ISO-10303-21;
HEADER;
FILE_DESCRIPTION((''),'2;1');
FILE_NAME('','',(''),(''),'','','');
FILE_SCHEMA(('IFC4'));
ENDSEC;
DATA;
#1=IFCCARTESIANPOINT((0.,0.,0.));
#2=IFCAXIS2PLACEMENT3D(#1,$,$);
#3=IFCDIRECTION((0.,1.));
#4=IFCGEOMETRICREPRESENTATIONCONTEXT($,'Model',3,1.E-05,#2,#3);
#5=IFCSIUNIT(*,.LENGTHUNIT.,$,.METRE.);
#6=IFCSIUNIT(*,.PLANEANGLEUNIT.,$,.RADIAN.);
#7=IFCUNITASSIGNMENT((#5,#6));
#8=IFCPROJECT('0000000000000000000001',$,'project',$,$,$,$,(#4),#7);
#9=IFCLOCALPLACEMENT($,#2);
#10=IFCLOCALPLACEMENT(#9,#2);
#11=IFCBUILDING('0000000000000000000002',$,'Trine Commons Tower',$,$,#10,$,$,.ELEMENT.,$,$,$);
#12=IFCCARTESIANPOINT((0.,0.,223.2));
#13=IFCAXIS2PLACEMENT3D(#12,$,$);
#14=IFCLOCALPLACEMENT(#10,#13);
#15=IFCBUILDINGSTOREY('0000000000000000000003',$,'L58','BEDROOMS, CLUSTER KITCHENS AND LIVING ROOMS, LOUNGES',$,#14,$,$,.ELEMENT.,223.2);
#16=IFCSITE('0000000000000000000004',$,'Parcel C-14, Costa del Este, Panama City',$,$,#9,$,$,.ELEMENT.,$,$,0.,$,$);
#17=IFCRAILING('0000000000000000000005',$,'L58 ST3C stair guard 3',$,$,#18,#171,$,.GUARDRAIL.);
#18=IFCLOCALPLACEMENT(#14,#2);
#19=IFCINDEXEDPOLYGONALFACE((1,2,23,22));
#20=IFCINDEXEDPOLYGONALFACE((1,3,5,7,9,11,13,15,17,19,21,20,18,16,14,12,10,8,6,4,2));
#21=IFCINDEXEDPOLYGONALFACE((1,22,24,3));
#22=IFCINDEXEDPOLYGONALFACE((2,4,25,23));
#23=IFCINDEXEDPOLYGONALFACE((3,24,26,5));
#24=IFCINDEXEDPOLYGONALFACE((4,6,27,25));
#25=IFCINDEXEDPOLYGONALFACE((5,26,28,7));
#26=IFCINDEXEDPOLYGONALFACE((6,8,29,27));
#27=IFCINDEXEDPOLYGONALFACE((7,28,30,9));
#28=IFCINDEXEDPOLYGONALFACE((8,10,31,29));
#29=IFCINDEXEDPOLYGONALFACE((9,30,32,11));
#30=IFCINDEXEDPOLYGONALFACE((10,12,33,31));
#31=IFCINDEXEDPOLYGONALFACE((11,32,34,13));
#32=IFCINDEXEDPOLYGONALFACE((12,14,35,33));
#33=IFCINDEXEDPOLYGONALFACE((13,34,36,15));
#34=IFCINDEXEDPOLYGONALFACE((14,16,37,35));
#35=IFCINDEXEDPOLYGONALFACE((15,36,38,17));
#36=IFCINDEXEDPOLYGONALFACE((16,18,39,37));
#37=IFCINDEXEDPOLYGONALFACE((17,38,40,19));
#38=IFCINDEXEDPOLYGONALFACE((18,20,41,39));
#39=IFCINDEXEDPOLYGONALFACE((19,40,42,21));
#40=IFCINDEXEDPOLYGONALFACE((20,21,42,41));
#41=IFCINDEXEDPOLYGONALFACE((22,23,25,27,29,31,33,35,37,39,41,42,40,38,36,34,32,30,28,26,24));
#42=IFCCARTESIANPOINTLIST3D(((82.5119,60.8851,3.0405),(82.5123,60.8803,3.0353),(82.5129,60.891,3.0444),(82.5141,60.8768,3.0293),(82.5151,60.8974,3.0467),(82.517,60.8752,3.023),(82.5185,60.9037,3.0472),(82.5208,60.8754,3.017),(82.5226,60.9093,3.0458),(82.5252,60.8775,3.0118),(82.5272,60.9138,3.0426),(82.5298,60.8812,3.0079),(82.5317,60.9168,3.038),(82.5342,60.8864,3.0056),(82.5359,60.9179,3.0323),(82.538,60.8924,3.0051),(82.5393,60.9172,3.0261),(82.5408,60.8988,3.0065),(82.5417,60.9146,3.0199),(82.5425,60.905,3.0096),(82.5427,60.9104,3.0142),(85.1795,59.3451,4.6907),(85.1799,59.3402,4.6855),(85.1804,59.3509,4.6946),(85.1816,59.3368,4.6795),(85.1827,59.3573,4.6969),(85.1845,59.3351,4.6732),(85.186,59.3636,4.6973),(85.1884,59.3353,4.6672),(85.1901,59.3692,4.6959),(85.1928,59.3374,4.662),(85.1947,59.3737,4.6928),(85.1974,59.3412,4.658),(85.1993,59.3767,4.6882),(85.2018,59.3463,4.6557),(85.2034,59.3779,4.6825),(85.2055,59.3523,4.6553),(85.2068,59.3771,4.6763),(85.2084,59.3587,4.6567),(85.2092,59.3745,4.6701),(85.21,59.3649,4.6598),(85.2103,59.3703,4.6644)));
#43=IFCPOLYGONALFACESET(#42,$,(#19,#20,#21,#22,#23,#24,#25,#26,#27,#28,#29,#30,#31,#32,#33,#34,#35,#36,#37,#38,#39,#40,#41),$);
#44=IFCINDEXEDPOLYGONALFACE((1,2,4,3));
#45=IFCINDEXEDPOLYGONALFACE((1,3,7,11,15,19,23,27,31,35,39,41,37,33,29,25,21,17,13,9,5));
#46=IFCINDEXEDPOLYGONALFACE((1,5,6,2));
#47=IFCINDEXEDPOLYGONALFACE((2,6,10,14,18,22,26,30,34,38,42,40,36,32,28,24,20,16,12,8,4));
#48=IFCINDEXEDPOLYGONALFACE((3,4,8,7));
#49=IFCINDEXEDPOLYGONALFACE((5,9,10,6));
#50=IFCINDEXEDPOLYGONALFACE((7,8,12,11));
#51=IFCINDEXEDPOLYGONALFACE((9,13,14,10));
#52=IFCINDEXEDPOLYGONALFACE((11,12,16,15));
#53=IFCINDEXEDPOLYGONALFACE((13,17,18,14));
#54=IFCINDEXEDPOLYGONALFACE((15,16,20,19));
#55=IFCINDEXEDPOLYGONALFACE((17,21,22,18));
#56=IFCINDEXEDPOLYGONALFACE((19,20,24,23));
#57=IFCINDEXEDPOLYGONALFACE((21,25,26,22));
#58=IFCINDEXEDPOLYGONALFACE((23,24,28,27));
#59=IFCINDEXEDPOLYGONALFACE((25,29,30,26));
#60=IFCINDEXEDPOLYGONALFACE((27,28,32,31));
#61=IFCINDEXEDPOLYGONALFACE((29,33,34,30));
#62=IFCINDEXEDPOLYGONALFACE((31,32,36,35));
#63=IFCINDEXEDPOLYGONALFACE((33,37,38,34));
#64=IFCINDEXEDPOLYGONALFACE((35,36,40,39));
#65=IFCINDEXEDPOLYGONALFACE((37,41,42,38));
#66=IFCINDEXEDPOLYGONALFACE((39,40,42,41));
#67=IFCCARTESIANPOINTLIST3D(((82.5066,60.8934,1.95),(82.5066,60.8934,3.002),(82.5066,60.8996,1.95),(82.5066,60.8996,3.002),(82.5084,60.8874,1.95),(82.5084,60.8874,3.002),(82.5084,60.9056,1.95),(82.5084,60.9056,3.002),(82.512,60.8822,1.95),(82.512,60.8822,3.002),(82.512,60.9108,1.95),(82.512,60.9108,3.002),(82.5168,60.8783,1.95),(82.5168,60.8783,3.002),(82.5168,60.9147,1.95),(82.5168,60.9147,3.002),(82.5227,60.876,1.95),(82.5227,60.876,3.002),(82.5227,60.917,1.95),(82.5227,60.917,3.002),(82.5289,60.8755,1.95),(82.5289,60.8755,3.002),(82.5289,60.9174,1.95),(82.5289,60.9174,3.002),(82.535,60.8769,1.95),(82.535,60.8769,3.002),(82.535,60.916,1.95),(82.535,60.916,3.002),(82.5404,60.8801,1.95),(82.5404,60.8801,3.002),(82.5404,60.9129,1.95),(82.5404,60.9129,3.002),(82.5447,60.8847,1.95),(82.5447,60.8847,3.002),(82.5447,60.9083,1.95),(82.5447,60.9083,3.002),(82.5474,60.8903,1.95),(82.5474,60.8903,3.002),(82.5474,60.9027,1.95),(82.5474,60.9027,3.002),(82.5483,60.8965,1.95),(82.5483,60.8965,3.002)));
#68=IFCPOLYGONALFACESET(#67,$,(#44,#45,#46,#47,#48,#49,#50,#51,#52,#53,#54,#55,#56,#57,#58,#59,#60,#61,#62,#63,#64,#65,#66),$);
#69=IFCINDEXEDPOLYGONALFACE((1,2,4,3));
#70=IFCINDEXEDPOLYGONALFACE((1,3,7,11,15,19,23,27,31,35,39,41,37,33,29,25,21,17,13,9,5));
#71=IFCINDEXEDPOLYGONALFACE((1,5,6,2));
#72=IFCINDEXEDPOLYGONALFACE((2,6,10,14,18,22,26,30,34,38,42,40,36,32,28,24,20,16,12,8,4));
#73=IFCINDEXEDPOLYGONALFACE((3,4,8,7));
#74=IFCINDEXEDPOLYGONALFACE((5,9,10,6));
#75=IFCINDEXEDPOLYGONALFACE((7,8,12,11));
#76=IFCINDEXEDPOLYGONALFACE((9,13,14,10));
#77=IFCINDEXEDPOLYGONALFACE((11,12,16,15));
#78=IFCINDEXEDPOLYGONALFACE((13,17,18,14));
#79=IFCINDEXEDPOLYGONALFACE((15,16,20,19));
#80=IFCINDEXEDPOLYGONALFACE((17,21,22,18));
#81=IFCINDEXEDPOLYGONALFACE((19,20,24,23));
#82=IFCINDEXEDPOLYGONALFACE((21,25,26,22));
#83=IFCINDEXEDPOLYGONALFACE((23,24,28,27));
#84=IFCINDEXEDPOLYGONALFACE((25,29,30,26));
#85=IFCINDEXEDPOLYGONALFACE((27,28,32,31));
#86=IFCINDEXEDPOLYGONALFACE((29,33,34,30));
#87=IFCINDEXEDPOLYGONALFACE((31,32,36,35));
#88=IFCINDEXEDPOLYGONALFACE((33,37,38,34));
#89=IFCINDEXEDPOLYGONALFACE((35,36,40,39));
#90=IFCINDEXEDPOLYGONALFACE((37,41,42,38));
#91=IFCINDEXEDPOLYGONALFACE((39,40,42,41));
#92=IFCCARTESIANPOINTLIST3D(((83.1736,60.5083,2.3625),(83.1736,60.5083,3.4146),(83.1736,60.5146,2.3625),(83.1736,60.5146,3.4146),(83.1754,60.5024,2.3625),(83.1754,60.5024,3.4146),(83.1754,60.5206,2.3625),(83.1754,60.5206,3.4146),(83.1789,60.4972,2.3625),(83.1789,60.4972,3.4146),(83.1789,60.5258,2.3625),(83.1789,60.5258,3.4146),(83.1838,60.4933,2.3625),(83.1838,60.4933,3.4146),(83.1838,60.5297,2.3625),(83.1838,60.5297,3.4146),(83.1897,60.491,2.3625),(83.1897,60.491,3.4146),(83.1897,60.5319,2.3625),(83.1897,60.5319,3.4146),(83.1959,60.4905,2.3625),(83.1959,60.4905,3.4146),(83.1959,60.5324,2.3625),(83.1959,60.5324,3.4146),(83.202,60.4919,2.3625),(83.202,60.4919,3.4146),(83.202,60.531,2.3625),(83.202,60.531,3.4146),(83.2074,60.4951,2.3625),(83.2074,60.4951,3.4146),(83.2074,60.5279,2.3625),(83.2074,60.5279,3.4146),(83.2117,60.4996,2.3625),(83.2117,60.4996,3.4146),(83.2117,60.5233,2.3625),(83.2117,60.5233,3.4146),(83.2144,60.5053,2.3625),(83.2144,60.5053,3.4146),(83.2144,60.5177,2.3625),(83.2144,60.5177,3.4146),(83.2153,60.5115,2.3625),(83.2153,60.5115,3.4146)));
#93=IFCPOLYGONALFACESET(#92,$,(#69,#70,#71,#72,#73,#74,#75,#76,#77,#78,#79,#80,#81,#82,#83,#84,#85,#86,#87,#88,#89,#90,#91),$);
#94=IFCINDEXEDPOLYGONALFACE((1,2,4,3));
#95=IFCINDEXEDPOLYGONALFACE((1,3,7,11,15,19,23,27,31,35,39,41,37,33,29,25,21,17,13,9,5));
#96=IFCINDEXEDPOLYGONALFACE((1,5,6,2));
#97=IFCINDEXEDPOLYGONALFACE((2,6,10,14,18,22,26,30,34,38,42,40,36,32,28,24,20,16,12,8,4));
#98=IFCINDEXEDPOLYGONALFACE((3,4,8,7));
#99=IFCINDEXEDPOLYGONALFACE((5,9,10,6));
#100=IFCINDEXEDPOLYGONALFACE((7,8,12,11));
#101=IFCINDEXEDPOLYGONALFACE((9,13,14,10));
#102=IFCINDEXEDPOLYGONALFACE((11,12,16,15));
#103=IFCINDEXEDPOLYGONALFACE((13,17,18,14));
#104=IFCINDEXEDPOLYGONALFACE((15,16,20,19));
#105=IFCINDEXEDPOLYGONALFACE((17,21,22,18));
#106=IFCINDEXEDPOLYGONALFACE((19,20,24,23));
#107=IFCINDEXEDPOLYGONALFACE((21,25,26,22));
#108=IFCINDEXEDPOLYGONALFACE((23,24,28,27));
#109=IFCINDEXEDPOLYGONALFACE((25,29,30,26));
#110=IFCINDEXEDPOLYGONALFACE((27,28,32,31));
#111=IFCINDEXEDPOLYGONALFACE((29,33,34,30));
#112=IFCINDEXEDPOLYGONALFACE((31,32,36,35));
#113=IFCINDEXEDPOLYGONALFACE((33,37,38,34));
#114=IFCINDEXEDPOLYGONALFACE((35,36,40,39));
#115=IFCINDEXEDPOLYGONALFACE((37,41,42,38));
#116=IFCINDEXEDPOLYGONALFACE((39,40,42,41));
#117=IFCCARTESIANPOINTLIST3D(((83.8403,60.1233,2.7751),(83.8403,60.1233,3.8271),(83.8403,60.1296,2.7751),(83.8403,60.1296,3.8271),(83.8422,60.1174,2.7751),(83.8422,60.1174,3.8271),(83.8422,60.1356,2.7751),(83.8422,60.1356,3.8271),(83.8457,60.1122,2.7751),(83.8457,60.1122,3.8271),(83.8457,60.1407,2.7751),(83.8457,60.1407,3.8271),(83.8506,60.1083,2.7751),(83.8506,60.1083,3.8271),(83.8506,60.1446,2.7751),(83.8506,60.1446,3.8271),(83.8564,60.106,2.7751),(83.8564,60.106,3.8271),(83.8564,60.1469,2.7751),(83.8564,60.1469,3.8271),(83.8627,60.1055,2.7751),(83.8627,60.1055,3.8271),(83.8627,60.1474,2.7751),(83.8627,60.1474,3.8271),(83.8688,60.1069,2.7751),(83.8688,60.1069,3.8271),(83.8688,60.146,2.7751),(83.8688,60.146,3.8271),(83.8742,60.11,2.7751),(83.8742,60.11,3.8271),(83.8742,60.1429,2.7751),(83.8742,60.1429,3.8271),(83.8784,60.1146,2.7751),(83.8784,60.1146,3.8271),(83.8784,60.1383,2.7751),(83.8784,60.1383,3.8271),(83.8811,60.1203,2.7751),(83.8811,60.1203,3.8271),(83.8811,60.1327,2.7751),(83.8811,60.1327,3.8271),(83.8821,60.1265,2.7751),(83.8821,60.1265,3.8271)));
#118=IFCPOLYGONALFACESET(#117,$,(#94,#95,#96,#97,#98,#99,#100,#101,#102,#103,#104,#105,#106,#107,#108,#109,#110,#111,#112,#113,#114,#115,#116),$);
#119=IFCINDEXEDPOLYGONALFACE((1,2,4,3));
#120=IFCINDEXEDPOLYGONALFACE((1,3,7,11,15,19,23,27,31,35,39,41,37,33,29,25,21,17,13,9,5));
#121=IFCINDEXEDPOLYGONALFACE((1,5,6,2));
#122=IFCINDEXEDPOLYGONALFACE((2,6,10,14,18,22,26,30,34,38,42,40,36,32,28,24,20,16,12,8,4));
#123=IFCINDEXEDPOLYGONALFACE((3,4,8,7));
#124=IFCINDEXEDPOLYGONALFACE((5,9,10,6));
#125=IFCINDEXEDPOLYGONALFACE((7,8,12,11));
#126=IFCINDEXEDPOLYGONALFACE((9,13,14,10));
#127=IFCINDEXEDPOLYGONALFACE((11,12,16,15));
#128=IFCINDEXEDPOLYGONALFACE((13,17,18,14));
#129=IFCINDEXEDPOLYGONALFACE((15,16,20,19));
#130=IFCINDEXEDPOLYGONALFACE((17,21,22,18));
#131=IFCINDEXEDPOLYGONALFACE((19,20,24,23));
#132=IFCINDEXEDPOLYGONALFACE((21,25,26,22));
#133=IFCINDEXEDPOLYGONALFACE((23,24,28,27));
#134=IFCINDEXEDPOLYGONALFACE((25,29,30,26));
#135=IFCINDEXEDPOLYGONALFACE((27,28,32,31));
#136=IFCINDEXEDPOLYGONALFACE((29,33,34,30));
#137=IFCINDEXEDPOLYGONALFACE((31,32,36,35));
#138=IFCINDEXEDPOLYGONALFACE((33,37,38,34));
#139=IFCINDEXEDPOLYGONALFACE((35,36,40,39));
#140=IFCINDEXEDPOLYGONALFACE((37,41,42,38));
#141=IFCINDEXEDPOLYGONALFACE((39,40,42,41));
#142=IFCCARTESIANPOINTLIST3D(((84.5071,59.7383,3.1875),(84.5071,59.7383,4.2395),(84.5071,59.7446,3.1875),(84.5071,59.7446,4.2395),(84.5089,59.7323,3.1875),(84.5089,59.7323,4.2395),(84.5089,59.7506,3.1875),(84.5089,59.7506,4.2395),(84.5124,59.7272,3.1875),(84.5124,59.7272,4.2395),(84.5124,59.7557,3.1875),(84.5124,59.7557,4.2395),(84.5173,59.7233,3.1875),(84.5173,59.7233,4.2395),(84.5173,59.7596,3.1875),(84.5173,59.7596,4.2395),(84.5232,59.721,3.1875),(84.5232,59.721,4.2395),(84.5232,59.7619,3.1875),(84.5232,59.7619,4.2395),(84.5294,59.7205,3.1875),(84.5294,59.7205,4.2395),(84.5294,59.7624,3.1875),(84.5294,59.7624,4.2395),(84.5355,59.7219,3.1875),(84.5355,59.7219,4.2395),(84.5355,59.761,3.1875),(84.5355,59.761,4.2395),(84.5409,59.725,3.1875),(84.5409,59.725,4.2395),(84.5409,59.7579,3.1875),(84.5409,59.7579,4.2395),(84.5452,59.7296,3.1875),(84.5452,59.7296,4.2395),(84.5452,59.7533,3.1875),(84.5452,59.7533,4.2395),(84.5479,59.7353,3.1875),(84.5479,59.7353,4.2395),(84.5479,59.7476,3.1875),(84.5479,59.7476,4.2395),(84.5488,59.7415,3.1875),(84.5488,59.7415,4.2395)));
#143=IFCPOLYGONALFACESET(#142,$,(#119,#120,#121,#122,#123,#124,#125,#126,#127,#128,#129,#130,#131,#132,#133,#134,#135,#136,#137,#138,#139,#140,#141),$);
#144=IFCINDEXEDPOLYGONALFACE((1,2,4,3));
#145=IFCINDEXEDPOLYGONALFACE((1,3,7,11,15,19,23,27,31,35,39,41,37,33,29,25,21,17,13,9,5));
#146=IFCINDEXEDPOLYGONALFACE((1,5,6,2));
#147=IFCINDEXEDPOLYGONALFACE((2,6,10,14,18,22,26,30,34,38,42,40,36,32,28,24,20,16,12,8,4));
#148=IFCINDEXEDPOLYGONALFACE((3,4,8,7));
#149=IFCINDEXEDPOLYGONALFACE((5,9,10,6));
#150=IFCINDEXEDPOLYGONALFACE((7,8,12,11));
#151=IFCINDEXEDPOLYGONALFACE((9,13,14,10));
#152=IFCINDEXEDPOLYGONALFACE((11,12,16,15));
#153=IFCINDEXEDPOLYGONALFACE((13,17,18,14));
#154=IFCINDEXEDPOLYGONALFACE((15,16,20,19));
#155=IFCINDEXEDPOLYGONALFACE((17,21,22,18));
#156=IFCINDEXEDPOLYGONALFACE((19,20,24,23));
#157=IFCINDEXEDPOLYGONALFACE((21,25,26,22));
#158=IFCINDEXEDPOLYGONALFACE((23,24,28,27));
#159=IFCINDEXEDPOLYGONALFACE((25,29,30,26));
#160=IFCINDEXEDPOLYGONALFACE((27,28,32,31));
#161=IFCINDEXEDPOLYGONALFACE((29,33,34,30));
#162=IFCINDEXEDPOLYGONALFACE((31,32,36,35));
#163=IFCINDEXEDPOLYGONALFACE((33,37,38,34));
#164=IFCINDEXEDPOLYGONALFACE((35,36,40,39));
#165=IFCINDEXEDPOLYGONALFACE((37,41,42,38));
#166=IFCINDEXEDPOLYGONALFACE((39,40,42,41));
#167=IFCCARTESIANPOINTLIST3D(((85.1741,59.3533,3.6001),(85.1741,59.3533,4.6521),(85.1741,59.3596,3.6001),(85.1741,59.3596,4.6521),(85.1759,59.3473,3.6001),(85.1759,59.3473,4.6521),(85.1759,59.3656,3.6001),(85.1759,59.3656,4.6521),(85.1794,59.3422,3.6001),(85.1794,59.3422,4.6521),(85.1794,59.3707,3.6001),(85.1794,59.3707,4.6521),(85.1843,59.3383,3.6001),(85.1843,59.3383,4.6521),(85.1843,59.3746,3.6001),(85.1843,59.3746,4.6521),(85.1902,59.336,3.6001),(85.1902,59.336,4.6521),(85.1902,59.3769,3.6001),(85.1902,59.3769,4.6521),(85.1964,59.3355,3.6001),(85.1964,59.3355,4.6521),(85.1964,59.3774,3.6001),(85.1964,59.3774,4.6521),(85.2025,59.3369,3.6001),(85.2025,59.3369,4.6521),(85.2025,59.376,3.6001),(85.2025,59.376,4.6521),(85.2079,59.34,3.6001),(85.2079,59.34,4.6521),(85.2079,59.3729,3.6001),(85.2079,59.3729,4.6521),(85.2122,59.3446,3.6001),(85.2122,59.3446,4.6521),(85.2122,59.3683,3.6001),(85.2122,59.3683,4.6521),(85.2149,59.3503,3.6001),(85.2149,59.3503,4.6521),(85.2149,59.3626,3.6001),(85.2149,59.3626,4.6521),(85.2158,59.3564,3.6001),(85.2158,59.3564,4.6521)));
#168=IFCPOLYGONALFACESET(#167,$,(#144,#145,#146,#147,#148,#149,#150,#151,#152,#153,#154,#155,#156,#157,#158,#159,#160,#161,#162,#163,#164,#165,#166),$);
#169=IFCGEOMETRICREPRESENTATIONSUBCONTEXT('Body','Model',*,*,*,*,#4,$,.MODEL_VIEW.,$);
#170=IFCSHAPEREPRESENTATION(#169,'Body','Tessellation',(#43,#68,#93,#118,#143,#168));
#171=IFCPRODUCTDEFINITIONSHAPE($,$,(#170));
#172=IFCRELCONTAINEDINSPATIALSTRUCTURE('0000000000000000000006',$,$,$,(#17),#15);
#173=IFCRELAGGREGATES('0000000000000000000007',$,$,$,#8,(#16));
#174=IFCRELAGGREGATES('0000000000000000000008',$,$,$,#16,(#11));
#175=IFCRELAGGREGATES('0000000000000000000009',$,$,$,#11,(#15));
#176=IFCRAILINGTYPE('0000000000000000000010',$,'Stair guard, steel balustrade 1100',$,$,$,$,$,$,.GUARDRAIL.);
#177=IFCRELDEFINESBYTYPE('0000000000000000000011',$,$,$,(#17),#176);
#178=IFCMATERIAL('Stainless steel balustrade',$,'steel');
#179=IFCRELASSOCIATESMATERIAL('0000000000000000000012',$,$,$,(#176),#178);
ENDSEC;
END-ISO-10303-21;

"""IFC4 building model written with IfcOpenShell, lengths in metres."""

from ifc_helpers import new_model, si_unit, direction, frame, origin, origin_2d, place, context, subcontext, project, spatial, circle, extrude, material, type_object, element, save


model = new_model("IFC4")

# Units and contexts
model_context = context("Model", 3, precision=1e-05, world=origin(), true_north=direction((0.0, 1.0)))
body_context = subcontext(model_context, "Body", "Model", "MODEL_VIEW")
ifc_project = project(units=[si_unit("LENGTHUNIT", "METRE"), si_unit("PLANEANGLEUNIT", "RADIAN")], contexts=[model_context])

# Site, building, storey
site_placement = place(None, origin())
site = spatial("IfcSite", under=ifc_project, at=site_placement, Name="Parcel C-14, Costa del Este, Panama City", CompositionType="ELEMENT", RefElevation=0.0)
building_placement = place(site_placement, origin())
building = spatial("IfcBuilding", under=site, at=building_placement, Name="Trine Commons Tower", CompositionType="ELEMENT")
storey_placement = place(building_placement, frame((0.0, 0.0, 223.2)))
storey = spatial("IfcBuildingStorey", under=building, at=storey_placement, Name="L58", Description="BEDROOMS, CLUSTER KITCHENS AND LIVING ROOMS, LOUNGES", CompositionType="ELEMENT", Elevation=223.2)

# Railing
ifc_material_1 = material(Name="Stainless steel balustrade", Category="steel")
railing_type_1 = type_object("IfcRailingType", Name="Stair guard, steel balustrade 1100", PredefinedType="GUARDRAIL", material=ifc_material_1)
railing_1_placement = place(storey_placement, frame((82.5273, 60.8965, 1.95)))
element("IfcRailing", 1, at=railing_1_placement, inside=storey, type_object=railing_type_1, Name="L58 ST3C stair guard 3", PredefinedType="GUARDRAIL", context=body_context, shape_type="SweptSolid", body=[
    extrude(circle(Radius=0.0239, at=origin_2d()), frame((0.0, 0.0, 1.0762), z_axis=(0.76338, -0.440728, 0.472239), x_axis=(0.499992, 0.86603, 0.0)), (0.0, 0.0, 1.0), 3.4944),
    extrude(circle(Radius=0.021, at=origin_2d()), origin(), (0.0, 0.0, 1.0), 1.052),
    extrude(circle(Radius=0.021, at=origin_2d()), frame((0.667, -0.385, 0.4126)), (0.0, 0.0, 1.0), 1.052),
    extrude(circle(Radius=0.021, at=origin_2d()), frame((1.3337, -0.77, 0.8252)), (0.0, 0.0, 1.0), 1.052),
    extrude(circle(Radius=0.021, at=origin_2d()), frame((2.0005, -1.155, 1.2375)), (0.0, 0.0, 1.0), 1.052),
    extrude(circle(Radius=0.021, at=origin_2d()), frame((2.6675, -1.54, 1.6501)), (0.0, 0.0, 1.0), 1.052),
])

save(model, "model.ifc")
